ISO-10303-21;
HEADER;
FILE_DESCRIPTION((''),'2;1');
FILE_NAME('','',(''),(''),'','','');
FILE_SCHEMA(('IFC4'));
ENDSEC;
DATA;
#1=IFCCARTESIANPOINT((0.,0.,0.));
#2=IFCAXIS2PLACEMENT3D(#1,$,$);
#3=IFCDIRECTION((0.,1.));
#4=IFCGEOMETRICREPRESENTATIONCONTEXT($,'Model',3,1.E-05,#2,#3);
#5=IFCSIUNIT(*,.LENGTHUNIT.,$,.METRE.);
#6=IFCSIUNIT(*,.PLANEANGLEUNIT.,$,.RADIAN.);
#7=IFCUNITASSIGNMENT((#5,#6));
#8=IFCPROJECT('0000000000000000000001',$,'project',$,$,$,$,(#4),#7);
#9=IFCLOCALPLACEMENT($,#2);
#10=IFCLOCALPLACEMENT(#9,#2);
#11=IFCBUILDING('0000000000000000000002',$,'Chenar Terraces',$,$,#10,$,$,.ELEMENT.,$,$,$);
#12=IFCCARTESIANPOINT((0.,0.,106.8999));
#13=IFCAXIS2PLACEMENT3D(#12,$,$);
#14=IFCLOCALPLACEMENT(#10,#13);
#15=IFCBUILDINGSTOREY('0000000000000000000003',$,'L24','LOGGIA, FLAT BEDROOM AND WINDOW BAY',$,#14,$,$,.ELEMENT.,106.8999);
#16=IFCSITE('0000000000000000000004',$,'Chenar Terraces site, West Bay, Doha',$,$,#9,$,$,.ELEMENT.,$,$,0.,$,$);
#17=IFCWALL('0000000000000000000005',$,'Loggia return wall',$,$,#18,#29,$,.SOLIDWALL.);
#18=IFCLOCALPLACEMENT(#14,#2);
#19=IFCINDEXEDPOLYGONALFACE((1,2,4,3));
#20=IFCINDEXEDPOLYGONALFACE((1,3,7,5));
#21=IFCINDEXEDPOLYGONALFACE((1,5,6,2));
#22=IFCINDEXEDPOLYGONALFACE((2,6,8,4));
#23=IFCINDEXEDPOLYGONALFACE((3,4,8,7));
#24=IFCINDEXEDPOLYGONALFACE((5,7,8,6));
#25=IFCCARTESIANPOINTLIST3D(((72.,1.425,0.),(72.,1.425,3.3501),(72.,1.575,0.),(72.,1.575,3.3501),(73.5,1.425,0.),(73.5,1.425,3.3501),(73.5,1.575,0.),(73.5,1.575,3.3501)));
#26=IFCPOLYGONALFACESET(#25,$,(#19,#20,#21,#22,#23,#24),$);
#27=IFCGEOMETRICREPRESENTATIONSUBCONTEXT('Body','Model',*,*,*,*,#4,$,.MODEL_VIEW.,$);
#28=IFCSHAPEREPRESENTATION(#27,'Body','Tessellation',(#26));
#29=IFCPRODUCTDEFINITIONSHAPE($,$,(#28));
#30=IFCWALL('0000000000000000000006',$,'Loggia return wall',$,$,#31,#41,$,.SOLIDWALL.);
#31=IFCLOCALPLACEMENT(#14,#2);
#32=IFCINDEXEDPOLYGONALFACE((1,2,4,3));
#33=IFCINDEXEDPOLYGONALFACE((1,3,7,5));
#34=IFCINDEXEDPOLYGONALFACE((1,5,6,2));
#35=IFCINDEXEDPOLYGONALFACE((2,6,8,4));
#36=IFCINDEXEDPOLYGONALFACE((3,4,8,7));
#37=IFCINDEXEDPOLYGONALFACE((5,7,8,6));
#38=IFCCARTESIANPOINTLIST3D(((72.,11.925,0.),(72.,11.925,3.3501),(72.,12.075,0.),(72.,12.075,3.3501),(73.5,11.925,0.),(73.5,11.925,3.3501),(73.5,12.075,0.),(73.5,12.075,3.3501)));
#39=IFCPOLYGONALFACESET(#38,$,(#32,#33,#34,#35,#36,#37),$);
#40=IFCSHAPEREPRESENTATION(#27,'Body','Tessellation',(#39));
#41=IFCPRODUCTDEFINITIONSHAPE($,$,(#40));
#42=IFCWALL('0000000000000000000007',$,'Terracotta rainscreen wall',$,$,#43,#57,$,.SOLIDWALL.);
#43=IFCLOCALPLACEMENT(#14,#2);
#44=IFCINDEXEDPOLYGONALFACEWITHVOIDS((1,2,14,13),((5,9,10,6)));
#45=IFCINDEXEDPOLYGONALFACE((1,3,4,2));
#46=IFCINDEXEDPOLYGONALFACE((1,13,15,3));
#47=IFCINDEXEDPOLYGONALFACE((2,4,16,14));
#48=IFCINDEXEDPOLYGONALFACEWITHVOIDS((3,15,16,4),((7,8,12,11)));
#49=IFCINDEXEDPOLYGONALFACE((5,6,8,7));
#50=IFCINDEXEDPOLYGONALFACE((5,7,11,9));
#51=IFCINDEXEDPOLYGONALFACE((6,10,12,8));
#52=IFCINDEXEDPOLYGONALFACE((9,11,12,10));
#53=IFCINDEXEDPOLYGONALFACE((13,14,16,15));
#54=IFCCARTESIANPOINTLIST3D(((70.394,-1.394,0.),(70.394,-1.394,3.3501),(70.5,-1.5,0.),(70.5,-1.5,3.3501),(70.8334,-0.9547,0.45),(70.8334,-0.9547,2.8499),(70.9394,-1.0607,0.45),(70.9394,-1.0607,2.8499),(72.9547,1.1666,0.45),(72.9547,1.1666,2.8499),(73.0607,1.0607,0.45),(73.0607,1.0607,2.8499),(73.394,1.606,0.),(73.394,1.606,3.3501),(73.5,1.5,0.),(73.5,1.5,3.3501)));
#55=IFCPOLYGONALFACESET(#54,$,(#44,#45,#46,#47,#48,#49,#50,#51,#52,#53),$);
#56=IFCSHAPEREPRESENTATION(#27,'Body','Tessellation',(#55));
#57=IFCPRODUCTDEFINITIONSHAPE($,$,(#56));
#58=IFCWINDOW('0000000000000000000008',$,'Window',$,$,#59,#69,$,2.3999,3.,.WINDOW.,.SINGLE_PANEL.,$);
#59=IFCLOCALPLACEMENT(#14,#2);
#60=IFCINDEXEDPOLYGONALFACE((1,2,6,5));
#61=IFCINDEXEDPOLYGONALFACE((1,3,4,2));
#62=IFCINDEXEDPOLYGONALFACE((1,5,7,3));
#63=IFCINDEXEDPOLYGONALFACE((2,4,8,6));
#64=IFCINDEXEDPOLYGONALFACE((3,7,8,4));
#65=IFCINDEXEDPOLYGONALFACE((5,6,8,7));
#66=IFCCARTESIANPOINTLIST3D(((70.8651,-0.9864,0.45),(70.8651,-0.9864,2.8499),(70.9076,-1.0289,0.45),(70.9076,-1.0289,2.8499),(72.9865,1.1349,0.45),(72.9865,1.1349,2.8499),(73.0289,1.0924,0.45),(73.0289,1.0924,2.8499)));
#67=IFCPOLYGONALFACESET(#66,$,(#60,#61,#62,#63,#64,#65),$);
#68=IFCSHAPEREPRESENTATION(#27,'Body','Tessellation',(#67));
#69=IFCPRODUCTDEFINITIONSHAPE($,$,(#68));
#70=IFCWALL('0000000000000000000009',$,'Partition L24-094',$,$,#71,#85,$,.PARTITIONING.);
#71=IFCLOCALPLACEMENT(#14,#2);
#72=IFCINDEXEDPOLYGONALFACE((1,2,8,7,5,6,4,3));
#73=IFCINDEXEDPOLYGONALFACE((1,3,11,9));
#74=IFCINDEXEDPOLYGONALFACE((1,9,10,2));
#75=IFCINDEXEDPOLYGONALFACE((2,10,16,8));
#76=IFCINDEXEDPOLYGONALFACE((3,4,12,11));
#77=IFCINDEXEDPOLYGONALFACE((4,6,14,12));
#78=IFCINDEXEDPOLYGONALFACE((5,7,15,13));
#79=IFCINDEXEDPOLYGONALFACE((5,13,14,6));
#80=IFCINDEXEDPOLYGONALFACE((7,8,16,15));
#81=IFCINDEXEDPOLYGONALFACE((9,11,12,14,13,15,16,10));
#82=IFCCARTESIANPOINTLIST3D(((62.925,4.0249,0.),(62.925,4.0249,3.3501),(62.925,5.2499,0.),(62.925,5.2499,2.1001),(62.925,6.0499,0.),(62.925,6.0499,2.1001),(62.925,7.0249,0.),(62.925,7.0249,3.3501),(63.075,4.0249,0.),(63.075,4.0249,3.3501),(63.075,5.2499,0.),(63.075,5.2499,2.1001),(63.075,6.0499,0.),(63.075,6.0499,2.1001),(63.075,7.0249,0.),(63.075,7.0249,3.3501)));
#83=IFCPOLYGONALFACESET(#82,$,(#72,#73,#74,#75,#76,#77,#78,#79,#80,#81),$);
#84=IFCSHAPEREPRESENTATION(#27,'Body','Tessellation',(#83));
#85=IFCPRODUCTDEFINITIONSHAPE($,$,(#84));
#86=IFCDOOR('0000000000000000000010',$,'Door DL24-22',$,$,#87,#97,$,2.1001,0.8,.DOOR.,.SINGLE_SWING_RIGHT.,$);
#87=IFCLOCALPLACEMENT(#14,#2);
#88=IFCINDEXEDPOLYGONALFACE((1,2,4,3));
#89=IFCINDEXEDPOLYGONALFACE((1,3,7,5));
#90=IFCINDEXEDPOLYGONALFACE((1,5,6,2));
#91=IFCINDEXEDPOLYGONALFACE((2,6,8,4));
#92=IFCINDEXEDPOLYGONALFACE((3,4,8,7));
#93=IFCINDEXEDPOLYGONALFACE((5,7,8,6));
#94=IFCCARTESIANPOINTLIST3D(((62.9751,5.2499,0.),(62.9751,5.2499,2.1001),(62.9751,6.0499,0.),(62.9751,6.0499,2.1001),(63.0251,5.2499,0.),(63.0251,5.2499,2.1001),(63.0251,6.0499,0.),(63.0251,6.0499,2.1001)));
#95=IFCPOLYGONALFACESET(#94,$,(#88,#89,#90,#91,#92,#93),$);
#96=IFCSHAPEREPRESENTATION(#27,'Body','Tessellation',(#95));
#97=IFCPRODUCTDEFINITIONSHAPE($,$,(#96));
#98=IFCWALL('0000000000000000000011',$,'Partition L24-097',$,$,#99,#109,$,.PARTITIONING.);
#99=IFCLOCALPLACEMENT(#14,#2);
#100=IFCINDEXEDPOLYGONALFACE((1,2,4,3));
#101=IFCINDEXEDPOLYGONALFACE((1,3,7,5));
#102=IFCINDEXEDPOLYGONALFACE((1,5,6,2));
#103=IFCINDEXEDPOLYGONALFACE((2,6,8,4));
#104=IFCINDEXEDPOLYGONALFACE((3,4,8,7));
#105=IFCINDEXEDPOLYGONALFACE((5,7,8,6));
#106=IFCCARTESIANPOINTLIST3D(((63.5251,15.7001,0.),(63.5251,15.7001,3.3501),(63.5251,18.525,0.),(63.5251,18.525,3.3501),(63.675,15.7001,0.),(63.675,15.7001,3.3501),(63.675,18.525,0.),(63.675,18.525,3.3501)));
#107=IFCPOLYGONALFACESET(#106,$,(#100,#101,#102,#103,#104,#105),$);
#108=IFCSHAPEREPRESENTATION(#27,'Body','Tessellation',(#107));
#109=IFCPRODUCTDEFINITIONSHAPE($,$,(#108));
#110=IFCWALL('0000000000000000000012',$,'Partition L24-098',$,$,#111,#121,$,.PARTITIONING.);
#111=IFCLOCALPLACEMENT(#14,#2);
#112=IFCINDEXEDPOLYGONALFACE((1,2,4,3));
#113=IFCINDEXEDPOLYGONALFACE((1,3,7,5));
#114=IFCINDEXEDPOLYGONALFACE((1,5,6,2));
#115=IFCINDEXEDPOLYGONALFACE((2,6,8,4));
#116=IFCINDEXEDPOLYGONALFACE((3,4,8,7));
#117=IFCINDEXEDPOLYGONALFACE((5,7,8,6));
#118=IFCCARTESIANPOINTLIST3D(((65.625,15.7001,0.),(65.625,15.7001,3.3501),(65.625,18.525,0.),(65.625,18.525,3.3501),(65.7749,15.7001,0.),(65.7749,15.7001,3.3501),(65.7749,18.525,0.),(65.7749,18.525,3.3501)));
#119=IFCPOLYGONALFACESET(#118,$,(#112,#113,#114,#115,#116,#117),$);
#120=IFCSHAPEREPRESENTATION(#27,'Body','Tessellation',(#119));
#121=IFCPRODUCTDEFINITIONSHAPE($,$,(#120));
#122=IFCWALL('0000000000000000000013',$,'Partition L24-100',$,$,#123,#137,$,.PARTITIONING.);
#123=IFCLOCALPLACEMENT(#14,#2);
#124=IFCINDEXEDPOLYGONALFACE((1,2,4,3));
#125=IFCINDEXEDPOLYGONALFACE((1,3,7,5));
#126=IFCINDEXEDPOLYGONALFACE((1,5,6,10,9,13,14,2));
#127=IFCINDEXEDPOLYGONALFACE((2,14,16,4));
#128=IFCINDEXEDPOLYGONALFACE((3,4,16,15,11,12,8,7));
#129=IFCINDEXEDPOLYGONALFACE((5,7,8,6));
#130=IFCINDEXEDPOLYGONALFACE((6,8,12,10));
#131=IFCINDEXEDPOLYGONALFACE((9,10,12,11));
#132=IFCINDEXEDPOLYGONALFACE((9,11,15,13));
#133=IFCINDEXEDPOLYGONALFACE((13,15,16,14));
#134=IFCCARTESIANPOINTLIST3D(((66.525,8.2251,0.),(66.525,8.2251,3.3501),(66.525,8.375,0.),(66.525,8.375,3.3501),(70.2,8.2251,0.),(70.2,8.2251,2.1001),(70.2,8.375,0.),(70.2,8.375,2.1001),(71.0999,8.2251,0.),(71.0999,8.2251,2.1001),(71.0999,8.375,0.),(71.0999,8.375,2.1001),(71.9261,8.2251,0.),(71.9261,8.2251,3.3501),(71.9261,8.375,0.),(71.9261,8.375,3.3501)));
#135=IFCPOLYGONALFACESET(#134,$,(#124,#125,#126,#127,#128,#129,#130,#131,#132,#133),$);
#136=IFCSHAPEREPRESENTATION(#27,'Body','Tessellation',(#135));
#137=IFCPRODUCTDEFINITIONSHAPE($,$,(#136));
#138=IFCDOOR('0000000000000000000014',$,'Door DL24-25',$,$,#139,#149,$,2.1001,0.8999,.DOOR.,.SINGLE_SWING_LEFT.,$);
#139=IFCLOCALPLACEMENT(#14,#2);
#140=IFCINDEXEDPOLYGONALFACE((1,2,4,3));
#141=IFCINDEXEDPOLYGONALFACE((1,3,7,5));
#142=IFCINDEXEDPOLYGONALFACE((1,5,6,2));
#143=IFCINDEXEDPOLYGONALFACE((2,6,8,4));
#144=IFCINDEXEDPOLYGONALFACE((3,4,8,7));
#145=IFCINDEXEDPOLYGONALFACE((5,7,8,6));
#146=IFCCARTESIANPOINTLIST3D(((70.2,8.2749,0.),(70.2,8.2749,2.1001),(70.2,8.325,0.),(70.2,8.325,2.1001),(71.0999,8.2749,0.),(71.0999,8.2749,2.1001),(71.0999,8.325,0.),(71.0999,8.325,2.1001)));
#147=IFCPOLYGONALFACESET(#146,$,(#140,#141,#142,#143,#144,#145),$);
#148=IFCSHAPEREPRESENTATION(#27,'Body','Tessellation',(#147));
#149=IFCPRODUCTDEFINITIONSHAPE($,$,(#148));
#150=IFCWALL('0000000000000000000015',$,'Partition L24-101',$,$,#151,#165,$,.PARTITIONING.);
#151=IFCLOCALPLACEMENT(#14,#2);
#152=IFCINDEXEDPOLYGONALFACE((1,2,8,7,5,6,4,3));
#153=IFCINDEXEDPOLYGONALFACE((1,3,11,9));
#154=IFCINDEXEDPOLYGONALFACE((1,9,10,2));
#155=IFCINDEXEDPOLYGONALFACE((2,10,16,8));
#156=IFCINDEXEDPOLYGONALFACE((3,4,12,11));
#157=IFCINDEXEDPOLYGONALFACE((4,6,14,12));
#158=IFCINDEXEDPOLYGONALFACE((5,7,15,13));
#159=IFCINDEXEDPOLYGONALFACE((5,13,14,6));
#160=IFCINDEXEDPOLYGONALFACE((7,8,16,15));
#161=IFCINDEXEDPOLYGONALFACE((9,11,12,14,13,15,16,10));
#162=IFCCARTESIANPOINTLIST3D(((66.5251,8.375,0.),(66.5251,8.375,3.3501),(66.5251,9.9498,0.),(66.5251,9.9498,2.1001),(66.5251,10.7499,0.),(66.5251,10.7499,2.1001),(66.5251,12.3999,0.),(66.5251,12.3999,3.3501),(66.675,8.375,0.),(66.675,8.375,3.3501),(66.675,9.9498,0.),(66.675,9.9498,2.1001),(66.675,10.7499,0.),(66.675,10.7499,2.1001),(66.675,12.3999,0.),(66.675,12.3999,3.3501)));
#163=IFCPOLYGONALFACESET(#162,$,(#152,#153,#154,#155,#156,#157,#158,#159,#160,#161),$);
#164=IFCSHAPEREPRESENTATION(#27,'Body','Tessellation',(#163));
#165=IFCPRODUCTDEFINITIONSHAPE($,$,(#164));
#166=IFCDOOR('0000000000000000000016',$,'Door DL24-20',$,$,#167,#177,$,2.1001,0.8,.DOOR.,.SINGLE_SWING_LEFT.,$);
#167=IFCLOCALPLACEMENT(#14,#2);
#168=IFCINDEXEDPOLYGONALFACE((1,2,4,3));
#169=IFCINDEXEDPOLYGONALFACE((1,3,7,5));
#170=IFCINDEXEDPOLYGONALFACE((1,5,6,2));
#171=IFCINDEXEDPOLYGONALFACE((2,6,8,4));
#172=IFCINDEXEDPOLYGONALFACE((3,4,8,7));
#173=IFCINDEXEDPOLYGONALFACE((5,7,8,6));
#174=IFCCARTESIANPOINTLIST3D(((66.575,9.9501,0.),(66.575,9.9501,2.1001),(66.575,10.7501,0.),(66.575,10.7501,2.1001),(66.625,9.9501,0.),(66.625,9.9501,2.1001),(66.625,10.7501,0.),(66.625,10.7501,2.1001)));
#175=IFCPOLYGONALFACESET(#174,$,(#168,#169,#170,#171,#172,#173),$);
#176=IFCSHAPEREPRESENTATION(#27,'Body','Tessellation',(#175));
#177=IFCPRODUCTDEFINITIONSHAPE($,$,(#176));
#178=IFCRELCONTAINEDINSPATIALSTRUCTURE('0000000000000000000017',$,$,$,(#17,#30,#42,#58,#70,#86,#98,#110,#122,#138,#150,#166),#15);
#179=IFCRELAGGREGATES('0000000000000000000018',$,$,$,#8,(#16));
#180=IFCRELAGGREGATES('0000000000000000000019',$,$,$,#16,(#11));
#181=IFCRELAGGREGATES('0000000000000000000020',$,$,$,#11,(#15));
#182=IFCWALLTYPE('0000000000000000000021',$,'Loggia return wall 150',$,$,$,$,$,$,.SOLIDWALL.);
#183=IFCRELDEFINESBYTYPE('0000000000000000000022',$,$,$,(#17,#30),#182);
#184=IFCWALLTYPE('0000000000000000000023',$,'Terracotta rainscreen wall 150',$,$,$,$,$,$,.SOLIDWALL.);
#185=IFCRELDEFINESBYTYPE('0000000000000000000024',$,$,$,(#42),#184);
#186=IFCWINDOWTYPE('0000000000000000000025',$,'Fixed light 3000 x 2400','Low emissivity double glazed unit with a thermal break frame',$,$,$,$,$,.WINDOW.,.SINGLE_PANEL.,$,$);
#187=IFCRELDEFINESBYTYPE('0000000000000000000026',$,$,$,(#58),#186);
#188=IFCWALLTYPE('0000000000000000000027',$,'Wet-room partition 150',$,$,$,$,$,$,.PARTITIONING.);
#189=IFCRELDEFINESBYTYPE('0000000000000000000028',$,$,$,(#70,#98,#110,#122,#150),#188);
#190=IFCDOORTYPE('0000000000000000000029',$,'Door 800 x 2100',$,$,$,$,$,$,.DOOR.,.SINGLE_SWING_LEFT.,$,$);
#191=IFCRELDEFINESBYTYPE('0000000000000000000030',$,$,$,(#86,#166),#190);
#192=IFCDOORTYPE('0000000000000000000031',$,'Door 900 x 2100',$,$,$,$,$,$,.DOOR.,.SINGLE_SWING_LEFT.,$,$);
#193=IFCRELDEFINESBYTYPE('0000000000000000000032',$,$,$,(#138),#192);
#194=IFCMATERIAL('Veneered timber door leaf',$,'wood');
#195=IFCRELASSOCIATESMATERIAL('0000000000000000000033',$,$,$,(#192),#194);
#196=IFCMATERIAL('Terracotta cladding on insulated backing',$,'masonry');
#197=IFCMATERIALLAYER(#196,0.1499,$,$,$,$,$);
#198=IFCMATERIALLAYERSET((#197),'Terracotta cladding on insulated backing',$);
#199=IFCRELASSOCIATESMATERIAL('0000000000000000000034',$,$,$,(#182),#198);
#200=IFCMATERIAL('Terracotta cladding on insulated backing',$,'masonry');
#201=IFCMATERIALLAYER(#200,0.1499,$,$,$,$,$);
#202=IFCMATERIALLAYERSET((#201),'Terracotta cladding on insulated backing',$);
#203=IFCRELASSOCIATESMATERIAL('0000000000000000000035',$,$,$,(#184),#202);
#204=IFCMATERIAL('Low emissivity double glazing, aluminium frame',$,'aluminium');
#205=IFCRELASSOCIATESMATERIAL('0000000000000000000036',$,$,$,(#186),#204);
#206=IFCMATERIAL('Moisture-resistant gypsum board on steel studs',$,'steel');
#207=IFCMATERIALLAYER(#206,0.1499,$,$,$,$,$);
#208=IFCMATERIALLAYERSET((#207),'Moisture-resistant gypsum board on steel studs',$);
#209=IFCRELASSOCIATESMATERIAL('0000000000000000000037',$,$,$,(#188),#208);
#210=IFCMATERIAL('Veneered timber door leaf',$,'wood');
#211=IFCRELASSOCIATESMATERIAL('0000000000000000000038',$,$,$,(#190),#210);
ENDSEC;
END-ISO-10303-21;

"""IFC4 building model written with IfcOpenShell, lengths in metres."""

from ifc_helpers import new_model, si_unit, direction, frame, frame_2d, origin, place, context, subcontext, project, spatial, rectangle, extrude, material, layer, layer_set, type_object, element, fill, save


model = new_model("IFC4")

# Units and contexts
model_context = context("Model", 3, precision=1e-05, world=origin(), true_north=direction((0.0, 1.0)))
body_context = subcontext(model_context, "Body", "Model", "MODEL_VIEW")
ifc_project = project(units=[si_unit("LENGTHUNIT", "METRE"), si_unit("PLANEANGLEUNIT", "RADIAN")], contexts=[model_context])

# Site, building, storey
site_placement = place(None, origin())
site = spatial("IfcSite", under=ifc_project, at=site_placement, Name="Chenar Terraces site, West Bay, Doha", CompositionType="ELEMENT", RefElevation=0.0)
building_placement = place(site_placement, origin())
building = spatial("IfcBuilding", under=site, at=building_placement, Name="Chenar Terraces", CompositionType="ELEMENT")
storey_placement = place(building_placement, frame((0.0, 0.0, 106.8999)))
storey = spatial("IfcBuildingStorey", under=building, at=storey_placement, Name="L24", Description="LOGGIA, FLAT BEDROOM AND WINDOW BAY", CompositionType="ELEMENT", Elevation=106.8999)

# Shared definitions
ifc_material_1 = material(Name="Veneered timber door leaf", Category="wood")
door_type_1 = type_object("IfcDoorType", Name="Door 900 x 2100", OperationType="SINGLE_SWING_LEFT", PredefinedType="DOOR", material=ifc_material_1)

# Walls
ifc_material_2 = material(Name="Terracotta cladding on insulated backing", Category="masonry")
ifc_layer_1 = layer(ifc_material_2, 0.1499)
ifc_layer_set_1 = layer_set([ifc_layer_1], Name="Terracotta cladding on insulated backing")
wall_type_1 = type_object("IfcWallType", Name="Loggia return wall 150", PredefinedType="SOLIDWALL", material=ifc_layer_set_1)
for number, where, z_axis, x_axis, name in (
    (1, (73.5, 1.5, 0.0), (0.0, 0.0, 1.0), (-1.0, 0.0, 0.0), "Loggia return wall"),
    (2, (73.5, 12.0, 0.0), (0.0, 0.0, 1.0), (-1.0, 0.0, 0.0), "Loggia return wall"),
):
    element("IfcWall", number, at=place(storey_placement, frame(where, z_axis=z_axis, x_axis=x_axis)), inside=storey, type_object=wall_type_1, Name=name, PredefinedType="SOLIDWALL", context=body_context, shape_type="SweptSolid", body=[
        extrude(rectangle(XDim=1.5, YDim=0.1499, at=frame_2d((0.75, 0.0))), origin(), (0.0, 0.0, 1.0), 3.3501),
    ])

# Wall, opening, window
ifc_material_3 = material(Name="Terracotta cladding on insulated backing", Category="masonry")
ifc_layer_2 = layer(ifc_material_3, 0.1499)
ifc_layer_set_2 = layer_set([ifc_layer_2], Name="Terracotta cladding on insulated backing")
wall_type_2 = type_object("IfcWallType", Name="Terracotta rainscreen wall 150", PredefinedType="SOLIDWALL", material=ifc_layer_set_2)
wall_1_placement = place(storey_placement, frame((70.447, -1.447, 0.0), z_axis=(0.0, 0.0, 1.0), x_axis=(0.707107, 0.707107, 0.0)))
wall_1 = element("IfcWall", 3, at=wall_1_placement, inside=storey, type_object=wall_type_2, Name="Terracotta rainscreen wall", PredefinedType="SOLIDWALL", context=body_context, shape_type="SweptSolid", body=[
    extrude(rectangle(XDim=4.2427, YDim=0.1499, at=frame_2d((2.1213, 0.0))), origin(), (0.0, 0.0, 1.0), 3.3501),
])
opening_1_placement = place(wall_1_placement, frame((0.6213, 0.0, 0.45)))
opening_1 = element("IfcOpeningElement", 4, at=opening_1_placement, cuts=wall_1, PredefinedType="OPENING", context=body_context, shape_type="SweptSolid", body=[
    extrude(rectangle(XDim=3.0, YDim=2.3999, at=frame_2d((1.5, 1.2))), frame((0.0, 0.085, 0.0), z_axis=(0.0, -1.0, 0.0), x_axis=(1.0, 0.0, 0.0)), (0.0, 0.0, 1.0), 0.1699),
])
ifc_material_4 = material(Name="Low emissivity double glazing, aluminium frame", Category="aluminium")
window_type_1 = type_object("IfcWindowType", Name="Fixed light 3000 x 2400", Description="Low emissivity double glazed unit with a thermal break frame", PartitioningType="SINGLE_PANEL", PredefinedType="WINDOW", material=ifc_material_4)
window_1_placement = place(opening_1_placement, origin())
window_1 = element("IfcWindow", 5, at=window_1_placement, inside=storey, type_object=window_type_1, Name="Window", OverallHeight=2.3999, OverallWidth=3.0, PartitioningType="SINGLE_PANEL", PredefinedType="WINDOW", context=body_context, shape_type="SweptSolid", body=[
    extrude(rectangle(XDim=3.0, YDim=2.3999, at=frame_2d((1.5, 1.2))), frame((0.0, 0.03, 0.0), z_axis=(0.0, -1.0, 0.0), x_axis=(1.0, 0.0, 0.0)), (0.0, 0.0, 1.0), 0.0601),
])
fill(opening_1, window_1)

# Wall, opening, door
ifc_material_5 = material(Name="Moisture-resistant gypsum board on steel studs", Category="steel")
ifc_layer_3 = layer(ifc_material_5, 0.1499)
ifc_layer_set_3 = layer_set([ifc_layer_3], Name="Moisture-resistant gypsum board on steel studs")
wall_type_3 = type_object("IfcWallType", Name="Wet-room partition 150", PredefinedType="PARTITIONING", material=ifc_layer_set_3)
wall_2_placement = place(storey_placement, frame((63.0, 4.0249, 0.0), z_axis=(0.0, 0.0, 1.0), x_axis=(0.0, 1.0, 0.0)))
wall_2 = element("IfcWall", 6, at=wall_2_placement, inside=storey, type_object=wall_type_3, Name="Partition L24-094", PredefinedType="PARTITIONING", context=body_context, shape_type="SweptSolid", body=[
    extrude(rectangle(XDim=3.0, YDim=0.1499, at=frame_2d((1.5, 0.0))), origin(), (0.0, 0.0, 1.0), 3.3501),
])
opening_2_placement = place(wall_2_placement, frame((1.2251, 0.0, 0.0)))
opening_2 = element("IfcOpeningElement", 7, at=opening_2_placement, cuts=wall_2, PredefinedType="OPENING", context=body_context, shape_type="SweptSolid", body=[
    extrude(rectangle(XDim=0.8, YDim=2.1001, at=frame_2d((0.3999, 1.05))), frame((0.0, 0.085, 0.0), z_axis=(0.0, -1.0, 0.0), x_axis=(1.0, 0.0, 0.0)), (0.0, 0.0, 1.0), 0.1699),
])
ifc_material_6 = material(Name="Veneered timber door leaf", Category="wood")
door_type_2 = type_object("IfcDoorType", Name="Door 800 x 2100", OperationType="SINGLE_SWING_LEFT", PredefinedType="DOOR", material=ifc_material_6)
door_1_placement = place(opening_2_placement, origin())
door_1 = element("IfcDoor", 8, at=door_1_placement, inside=storey, type_object=door_type_2, Name="Door DL24-22", OperationType="SINGLE_SWING_RIGHT", OverallHeight=2.1001, OverallWidth=0.8, PredefinedType="DOOR", context=body_context, shape_type="SweptSolid", body=[
    extrude(rectangle(XDim=0.8, YDim=2.1001, at=frame_2d((0.3999, 1.05))), frame((0.0, 0.0249, 0.0), z_axis=(0.0, -1.0, 0.0), x_axis=(1.0, 0.0, 0.0)), (0.0, 0.0, 1.0), 0.05),
])
fill(opening_2, door_1)

# Walls
for number, where, z_axis, x_axis, name in (
    (9, (63.6001, 15.7, 0.0), (0.0, 0.0, 1.0), (0.0, 1.0, 0.0), "Partition L24-097"),
    (10, (65.7, 15.7, 0.0), (0.0, 0.0, 1.0), (0.0, 1.0, 0.0), "Partition L24-098"),
):
    element("IfcWall", number, at=place(storey_placement, frame(where, z_axis=z_axis, x_axis=x_axis)), inside=storey, type_object=wall_type_3, Name=name, PredefinedType="PARTITIONING", context=body_context, shape_type="SweptSolid", body=[
        extrude(rectangle(XDim=2.825, YDim=0.1499, at=frame_2d((1.4126, 0.0))), origin(), (0.0, 0.0, 1.0), 3.3501),
    ])

# Walls, openings, doors
wall_3_placement = place(storey_placement, frame((66.5249, 8.3, 0.0), z_axis=(0.0, 0.0, 1.0), x_axis=(1.0, 0.0, 0.0)))
wall_3 = element("IfcWall", 11, at=wall_3_placement, inside=storey, type_object=wall_type_3, Name="Partition L24-100", PredefinedType="PARTITIONING", context=body_context, shape_type="SweptSolid", body=[
    extrude(rectangle(XDim=5.4011, YDim=0.1499, at=frame_2d((2.7007, 0.0))), origin(), (0.0, 0.0, 1.0), 3.3501),
])
opening_3_placement = place(wall_3_placement, frame((3.675, 0.0, 0.0)))
opening_3 = element("IfcOpeningElement", 12, at=opening_3_placement, cuts=wall_3, PredefinedType="OPENING", context=body_context, shape_type="SweptSolid", body=[
    extrude(rectangle(XDim=0.8999, YDim=2.1001, at=frame_2d((0.45, 1.05))), frame((0.0, 0.085, 0.0), z_axis=(0.0, -1.0, 0.0), x_axis=(1.0, 0.0, 0.0)), (0.0, 0.0, 1.0), 0.1699),
])
door_2_placement = place(opening_3_placement, origin())
door_2 = element("IfcDoor", 13, at=door_2_placement, inside=storey, type_object=door_type_1, Name="Door DL24-25", OperationType="SINGLE_SWING_LEFT", OverallHeight=2.1001, OverallWidth=0.8999, PredefinedType="DOOR", context=body_context, shape_type="SweptSolid", body=[
    extrude(rectangle(XDim=0.8999, YDim=2.1001, at=frame_2d((0.45, 1.05))), frame((0.0, 0.0249, 0.0), z_axis=(0.0, -1.0, 0.0), x_axis=(1.0, 0.0, 0.0)), (0.0, 0.0, 1.0), 0.05),
])
fill(opening_3, door_2)
wall_4_placement = place(storey_placement, frame((66.6001, 8.375, 0.0), z_axis=(0.0, 0.0, 1.0), x_axis=(0.0, 1.0, 0.0)))
wall_4 = element("IfcWall", 14, at=wall_4_placement, inside=storey, type_object=wall_type_3, Name="Partition L24-101", PredefinedType="PARTITIONING", context=body_context, shape_type="SweptSolid", body=[
    extrude(rectangle(XDim=4.0249, YDim=0.1499, at=frame_2d((2.0125, 0.0))), origin(), (0.0, 0.0, 1.0), 3.3501),
])
opening_4_placement = place(wall_4_placement, frame((1.575, 0.0, 0.0)))
opening_4 = element("IfcOpeningElement", 15, at=opening_4_placement, cuts=wall_4, PredefinedType="OPENING", context=body_context, shape_type="SweptSolid", body=[
    extrude(rectangle(XDim=0.8, YDim=2.1001, at=frame_2d((0.3999, 1.05))), frame((0.0, 0.085, 0.0), z_axis=(0.0, -1.0, 0.0), x_axis=(1.0, 0.0, 0.0)), (0.0, 0.0, 1.0), 0.1699),
])
door_3_placement = place(opening_4_placement, frame((0.8, 0.0, 0.0), z_axis=(0.0, 0.0, 1.0), x_axis=(-1.0, 0.0, 0.0)))
door_3 = element("IfcDoor", 16, at=door_3_placement, inside=storey, type_object=door_type_2, Name="Door DL24-20", OperationType="SINGLE_SWING_LEFT", OverallHeight=2.1001, OverallWidth=0.8, PredefinedType="DOOR", context=body_context, shape_type="SweptSolid", body=[
    extrude(rectangle(XDim=0.8, YDim=2.1001, at=frame_2d((0.3999, 1.05))), frame((0.0, 0.0249, 0.0), z_axis=(0.0, -1.0, 0.0), x_axis=(1.0, 0.0, 0.0)), (0.0, 0.0, 1.0), 0.05),
])
fill(opening_4, door_3)

save(model, "model.ifc")
